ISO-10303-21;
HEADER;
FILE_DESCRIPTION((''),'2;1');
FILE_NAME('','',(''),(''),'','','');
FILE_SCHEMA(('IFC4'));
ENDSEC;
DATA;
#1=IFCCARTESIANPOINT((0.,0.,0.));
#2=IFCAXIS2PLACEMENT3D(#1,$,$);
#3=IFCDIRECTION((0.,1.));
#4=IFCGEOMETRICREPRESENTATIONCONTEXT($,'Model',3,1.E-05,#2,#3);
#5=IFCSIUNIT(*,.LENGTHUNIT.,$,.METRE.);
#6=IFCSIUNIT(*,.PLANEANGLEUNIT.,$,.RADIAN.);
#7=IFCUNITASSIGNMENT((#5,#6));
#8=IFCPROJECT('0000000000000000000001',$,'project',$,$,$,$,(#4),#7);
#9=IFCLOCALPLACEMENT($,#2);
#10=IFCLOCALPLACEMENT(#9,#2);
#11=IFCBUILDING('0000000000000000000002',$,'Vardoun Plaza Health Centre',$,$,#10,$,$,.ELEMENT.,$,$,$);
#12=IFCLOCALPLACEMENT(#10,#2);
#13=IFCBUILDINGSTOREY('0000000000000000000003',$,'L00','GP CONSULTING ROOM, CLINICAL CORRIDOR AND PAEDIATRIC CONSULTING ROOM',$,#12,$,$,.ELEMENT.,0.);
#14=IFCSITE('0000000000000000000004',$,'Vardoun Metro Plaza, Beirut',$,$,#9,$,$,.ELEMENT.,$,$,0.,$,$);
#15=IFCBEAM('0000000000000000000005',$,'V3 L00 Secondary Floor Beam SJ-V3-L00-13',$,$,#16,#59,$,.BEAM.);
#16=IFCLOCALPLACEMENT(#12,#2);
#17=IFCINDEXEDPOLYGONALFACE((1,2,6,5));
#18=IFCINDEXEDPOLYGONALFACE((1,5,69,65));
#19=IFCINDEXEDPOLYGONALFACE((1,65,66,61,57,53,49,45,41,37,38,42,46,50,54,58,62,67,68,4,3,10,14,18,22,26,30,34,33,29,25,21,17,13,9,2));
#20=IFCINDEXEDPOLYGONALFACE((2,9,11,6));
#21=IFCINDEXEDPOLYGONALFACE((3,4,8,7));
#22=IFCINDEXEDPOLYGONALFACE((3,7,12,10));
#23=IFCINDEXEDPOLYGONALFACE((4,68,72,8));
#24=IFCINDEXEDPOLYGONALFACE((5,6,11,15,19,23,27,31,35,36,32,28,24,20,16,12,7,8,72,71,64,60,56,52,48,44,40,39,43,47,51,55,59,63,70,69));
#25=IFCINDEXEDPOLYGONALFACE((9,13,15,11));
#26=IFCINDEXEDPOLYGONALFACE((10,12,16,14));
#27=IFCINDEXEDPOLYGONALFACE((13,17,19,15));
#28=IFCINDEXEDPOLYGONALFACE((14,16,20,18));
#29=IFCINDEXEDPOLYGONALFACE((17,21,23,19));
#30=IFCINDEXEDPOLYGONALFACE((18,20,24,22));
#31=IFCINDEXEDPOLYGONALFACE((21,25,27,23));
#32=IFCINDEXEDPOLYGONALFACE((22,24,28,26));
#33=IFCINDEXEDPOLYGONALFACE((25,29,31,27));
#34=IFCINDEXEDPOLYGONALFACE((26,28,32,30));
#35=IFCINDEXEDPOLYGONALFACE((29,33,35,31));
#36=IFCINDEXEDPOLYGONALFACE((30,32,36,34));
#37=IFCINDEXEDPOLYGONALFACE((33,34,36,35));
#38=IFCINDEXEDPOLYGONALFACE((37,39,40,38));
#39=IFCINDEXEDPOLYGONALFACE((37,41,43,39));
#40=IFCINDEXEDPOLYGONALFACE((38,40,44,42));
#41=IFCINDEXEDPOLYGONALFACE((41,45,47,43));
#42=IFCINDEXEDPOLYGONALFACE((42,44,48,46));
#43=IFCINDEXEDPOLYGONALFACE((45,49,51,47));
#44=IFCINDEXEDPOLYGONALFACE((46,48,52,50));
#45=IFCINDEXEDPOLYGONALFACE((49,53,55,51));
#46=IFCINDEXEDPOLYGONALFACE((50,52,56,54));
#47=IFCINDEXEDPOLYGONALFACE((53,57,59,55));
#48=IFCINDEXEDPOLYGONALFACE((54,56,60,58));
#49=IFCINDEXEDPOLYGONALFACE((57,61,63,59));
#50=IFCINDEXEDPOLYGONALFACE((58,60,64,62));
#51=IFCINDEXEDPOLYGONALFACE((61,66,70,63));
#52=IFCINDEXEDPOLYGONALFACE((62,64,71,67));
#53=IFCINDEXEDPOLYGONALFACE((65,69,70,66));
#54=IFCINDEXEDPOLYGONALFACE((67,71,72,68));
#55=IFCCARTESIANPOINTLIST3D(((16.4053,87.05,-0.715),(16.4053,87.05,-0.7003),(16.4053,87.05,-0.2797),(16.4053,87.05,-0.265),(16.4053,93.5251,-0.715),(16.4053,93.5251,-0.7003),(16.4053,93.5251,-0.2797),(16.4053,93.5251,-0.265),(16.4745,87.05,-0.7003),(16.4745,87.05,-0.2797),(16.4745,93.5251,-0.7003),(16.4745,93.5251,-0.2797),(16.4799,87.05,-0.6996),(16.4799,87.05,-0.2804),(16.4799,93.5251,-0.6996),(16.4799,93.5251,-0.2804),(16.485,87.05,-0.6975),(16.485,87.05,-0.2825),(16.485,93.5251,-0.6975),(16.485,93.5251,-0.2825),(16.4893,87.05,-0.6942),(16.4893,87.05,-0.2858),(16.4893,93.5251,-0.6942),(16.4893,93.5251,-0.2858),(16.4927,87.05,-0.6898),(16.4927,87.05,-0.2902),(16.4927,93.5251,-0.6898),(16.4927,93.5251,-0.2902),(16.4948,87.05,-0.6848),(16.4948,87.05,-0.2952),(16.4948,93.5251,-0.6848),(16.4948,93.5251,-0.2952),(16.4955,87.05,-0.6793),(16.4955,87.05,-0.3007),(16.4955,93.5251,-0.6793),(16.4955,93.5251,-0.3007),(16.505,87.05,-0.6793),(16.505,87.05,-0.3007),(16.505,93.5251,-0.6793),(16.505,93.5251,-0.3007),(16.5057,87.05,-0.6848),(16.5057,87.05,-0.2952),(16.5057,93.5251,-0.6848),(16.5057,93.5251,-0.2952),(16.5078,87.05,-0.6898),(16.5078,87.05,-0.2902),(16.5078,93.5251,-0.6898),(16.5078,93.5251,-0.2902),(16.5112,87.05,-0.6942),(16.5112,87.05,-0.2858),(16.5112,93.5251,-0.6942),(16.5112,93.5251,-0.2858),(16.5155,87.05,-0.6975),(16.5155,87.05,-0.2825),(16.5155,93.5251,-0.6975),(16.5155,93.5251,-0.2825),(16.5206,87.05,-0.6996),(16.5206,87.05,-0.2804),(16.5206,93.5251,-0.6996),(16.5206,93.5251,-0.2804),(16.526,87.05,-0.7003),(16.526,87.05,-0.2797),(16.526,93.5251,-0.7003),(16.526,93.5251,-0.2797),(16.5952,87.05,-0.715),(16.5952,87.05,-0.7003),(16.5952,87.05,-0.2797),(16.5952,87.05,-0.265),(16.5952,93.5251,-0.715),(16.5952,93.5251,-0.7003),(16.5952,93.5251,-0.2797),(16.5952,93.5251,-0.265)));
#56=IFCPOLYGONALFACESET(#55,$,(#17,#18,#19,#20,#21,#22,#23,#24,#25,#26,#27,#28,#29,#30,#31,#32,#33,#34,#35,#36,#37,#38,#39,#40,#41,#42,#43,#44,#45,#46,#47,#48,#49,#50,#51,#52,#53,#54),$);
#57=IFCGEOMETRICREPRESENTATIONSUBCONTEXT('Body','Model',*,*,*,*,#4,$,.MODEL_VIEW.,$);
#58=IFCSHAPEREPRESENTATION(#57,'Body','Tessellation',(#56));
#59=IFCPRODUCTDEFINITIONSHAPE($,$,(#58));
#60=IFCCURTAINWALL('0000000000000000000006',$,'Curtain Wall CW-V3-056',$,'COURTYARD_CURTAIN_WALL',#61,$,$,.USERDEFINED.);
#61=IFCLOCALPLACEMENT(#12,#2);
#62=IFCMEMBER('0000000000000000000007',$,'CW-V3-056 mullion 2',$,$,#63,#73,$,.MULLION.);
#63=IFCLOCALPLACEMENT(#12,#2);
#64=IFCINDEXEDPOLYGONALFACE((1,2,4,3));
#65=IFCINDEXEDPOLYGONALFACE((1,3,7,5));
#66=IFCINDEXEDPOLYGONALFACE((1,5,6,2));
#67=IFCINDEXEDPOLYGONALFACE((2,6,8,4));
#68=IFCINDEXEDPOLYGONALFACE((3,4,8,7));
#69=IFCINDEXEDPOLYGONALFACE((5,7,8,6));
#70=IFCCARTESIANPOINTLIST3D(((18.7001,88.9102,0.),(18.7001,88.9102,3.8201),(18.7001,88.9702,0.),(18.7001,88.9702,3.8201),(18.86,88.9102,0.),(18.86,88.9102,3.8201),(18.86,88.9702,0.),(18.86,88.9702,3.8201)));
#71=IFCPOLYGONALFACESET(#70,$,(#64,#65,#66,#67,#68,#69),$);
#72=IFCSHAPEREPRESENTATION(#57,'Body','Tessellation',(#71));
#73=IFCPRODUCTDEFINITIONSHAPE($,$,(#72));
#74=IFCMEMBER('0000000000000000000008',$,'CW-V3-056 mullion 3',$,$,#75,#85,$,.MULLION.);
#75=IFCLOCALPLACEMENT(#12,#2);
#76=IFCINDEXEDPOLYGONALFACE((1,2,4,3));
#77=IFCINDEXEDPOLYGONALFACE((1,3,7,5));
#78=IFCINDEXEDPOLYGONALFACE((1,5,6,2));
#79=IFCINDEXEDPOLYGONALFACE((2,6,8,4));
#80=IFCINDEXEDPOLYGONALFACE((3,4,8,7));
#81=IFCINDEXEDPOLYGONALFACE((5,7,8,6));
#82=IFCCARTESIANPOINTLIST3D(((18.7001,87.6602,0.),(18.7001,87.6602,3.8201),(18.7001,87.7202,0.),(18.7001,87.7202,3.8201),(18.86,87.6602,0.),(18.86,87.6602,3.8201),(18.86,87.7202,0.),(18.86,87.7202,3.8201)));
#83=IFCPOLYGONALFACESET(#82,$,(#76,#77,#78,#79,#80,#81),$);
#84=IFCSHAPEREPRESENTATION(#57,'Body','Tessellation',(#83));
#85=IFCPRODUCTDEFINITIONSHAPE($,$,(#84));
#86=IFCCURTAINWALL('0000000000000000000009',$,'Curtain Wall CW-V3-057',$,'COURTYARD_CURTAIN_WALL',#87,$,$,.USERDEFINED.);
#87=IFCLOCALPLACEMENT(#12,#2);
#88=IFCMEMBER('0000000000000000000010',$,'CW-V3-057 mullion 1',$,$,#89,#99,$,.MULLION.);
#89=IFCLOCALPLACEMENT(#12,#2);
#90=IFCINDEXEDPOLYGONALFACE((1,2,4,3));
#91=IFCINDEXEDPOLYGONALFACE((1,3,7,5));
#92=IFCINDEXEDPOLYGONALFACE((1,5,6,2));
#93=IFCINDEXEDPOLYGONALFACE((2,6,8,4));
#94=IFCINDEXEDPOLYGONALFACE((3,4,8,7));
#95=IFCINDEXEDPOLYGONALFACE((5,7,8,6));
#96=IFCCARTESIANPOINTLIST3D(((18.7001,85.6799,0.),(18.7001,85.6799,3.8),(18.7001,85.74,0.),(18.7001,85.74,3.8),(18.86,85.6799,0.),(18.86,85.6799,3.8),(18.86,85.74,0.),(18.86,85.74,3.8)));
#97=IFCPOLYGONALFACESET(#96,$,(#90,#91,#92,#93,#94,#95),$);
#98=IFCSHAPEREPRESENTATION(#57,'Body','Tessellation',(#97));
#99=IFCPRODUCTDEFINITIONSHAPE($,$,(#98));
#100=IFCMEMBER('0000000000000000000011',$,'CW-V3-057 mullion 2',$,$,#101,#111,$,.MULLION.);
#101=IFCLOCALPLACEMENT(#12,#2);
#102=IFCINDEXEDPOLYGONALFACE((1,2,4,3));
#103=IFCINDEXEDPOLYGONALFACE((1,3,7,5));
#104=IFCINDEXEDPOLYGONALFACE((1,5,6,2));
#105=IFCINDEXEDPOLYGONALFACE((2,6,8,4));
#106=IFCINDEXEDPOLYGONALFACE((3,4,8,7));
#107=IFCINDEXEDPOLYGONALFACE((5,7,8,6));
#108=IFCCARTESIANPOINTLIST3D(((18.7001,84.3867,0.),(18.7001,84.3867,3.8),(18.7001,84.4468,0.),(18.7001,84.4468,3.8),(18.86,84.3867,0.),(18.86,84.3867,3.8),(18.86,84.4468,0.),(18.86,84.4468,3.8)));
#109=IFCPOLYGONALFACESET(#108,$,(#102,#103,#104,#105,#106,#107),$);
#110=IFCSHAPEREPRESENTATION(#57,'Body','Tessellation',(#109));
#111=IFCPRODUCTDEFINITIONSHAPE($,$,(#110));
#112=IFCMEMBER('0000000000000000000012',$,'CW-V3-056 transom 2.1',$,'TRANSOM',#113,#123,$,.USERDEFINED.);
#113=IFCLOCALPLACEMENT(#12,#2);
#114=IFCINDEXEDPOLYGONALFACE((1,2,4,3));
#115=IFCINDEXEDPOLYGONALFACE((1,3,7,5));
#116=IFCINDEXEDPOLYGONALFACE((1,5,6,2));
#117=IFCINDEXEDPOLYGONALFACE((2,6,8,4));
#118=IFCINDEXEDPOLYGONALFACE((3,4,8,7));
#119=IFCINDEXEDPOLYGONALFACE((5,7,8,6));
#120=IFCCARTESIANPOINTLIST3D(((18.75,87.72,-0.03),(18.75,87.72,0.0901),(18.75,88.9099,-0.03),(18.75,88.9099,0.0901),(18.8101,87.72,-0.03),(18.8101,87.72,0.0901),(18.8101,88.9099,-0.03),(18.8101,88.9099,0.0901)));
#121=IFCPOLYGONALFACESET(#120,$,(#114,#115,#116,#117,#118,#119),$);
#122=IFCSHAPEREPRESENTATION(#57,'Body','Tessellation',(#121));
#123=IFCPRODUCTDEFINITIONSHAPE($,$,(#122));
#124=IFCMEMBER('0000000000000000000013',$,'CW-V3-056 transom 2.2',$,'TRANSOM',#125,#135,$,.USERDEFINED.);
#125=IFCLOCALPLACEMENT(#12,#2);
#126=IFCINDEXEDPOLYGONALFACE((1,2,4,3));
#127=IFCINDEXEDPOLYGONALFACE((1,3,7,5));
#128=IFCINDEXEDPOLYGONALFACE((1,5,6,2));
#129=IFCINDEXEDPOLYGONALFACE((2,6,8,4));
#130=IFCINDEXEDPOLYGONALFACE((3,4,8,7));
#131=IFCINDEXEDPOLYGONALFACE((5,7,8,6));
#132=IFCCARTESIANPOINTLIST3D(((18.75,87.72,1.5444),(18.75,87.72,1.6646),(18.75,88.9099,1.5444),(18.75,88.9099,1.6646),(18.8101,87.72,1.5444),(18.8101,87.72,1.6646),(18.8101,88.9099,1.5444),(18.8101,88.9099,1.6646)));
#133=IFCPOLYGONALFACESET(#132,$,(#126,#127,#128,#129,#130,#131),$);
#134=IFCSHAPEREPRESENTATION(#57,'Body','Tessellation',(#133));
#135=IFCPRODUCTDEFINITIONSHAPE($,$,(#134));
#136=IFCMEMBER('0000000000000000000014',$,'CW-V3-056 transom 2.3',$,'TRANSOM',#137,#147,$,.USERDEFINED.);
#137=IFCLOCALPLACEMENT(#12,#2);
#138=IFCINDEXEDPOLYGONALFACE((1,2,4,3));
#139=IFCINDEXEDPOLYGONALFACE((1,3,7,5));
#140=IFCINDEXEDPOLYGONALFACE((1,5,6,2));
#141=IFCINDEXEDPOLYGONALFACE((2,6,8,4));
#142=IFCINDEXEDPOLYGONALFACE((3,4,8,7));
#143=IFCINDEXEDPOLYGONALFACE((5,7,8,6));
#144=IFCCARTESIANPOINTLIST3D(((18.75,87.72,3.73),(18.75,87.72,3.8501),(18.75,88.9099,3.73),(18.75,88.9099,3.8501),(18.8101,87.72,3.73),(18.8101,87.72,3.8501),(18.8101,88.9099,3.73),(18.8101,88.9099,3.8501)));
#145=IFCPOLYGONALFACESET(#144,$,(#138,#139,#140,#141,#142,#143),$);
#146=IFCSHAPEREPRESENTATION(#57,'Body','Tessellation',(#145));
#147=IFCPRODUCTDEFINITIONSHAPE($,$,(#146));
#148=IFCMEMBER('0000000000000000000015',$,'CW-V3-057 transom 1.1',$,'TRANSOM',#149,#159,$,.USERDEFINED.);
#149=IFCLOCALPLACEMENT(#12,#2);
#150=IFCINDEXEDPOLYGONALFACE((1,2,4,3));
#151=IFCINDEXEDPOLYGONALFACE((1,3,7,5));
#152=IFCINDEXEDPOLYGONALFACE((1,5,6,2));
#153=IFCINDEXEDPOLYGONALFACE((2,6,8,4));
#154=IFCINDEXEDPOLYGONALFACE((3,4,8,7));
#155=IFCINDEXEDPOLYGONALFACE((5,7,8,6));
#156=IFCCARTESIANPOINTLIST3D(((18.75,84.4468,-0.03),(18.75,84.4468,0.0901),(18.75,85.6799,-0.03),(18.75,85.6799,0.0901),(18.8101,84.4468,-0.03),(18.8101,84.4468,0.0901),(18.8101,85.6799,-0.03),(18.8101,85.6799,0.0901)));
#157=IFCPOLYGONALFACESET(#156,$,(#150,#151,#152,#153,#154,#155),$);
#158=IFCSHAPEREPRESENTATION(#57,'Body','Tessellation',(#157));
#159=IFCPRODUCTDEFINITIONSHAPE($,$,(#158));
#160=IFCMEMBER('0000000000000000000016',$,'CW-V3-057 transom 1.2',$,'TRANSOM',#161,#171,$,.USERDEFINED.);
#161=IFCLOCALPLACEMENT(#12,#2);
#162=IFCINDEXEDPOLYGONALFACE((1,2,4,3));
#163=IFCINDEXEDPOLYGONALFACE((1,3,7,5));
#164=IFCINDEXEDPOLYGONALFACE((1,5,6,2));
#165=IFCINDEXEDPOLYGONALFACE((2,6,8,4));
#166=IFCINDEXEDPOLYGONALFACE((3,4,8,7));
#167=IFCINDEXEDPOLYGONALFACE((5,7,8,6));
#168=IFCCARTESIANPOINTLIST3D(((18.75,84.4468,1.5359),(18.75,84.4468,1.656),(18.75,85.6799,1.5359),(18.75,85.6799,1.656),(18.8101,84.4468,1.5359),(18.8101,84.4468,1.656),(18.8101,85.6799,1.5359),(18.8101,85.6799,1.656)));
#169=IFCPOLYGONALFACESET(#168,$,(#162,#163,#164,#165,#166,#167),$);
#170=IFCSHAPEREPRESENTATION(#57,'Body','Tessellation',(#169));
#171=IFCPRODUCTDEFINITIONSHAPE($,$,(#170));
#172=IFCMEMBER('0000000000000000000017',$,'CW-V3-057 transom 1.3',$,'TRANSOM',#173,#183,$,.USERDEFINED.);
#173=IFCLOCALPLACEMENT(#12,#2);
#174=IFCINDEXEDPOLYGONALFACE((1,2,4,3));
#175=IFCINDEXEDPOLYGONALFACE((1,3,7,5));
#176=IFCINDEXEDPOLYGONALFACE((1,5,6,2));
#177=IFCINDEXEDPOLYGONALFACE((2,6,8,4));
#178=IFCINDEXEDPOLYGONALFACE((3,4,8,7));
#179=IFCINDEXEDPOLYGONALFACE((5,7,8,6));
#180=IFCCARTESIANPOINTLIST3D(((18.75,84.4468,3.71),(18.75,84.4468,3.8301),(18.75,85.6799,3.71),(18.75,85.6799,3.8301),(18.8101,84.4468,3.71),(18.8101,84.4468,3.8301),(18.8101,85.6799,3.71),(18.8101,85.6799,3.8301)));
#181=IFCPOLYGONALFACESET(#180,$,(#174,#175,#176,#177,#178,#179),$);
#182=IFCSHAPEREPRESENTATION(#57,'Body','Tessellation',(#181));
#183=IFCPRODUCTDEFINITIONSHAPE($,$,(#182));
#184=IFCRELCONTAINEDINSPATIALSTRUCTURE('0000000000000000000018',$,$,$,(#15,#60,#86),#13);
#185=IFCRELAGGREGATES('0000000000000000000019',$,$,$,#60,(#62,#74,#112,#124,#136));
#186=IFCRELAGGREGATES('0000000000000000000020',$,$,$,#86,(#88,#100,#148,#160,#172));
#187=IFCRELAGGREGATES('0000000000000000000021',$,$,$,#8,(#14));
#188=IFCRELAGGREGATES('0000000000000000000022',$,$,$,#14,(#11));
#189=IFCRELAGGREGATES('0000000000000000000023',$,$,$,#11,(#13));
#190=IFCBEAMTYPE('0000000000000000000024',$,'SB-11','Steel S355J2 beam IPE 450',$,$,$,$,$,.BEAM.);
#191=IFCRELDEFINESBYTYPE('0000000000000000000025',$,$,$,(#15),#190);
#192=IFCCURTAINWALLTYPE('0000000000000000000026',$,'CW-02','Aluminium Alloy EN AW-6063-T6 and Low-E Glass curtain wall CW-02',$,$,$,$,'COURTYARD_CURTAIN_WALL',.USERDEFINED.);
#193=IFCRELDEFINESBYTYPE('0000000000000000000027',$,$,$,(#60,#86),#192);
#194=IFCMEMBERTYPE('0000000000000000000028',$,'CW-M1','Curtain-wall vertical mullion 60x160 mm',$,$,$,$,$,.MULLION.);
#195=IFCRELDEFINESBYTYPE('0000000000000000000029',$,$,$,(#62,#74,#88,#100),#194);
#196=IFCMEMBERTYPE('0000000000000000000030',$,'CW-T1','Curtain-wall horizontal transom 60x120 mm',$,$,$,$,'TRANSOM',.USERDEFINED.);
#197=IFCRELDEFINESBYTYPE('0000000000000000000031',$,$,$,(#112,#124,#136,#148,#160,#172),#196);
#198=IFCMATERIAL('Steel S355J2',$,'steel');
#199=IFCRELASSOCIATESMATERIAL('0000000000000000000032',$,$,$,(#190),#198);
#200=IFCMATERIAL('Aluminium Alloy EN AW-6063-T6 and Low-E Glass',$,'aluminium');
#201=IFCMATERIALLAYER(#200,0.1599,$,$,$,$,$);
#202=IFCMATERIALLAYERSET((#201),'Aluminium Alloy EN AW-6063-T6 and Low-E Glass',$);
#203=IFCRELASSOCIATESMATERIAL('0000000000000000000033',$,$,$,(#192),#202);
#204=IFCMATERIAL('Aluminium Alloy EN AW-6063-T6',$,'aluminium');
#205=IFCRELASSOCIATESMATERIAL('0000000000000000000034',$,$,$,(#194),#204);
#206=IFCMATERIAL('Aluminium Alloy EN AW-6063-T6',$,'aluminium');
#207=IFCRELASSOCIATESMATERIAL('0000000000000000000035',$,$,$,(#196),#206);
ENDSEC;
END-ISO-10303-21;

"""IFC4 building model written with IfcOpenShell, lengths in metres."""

from ifc_helpers import new_model, si_unit, direction, frame, origin, origin_2d, place, context, subcontext, project, spatial, rectangle, i_section, extrude, material, layer, layer_set, material_profile, profile_set, type_object, element, aggregate, save


model = new_model("IFC4")

# Units and contexts
model_context = context("Model", 3, precision=1e-05, world=origin(), true_north=direction((0.0, 1.0)))
body_context = subcontext(model_context, "Body", "Model", "MODEL_VIEW")
ifc_project = project(units=[si_unit("LENGTHUNIT", "METRE"), si_unit("PLANEANGLEUNIT", "RADIAN")], contexts=[model_context])

# Site, building, storey
site_placement = place(None, origin())
site = spatial("IfcSite", under=ifc_project, at=site_placement, Name="Vardoun Metro Plaza, Beirut", CompositionType="ELEMENT", RefElevation=0.0)
building_placement = place(site_placement, origin())
building = spatial("IfcBuilding", under=site, at=building_placement, Name="Vardoun Plaza Health Centre", CompositionType="ELEMENT")
storey_placement = place(building_placement, origin())
storey = spatial("IfcBuildingStorey", under=building, at=storey_placement, Name="L00", Description="GP CONSULTING ROOM, CLINICAL CORRIDOR AND PAEDIATRIC CONSULTING ROOM", CompositionType="ELEMENT", Elevation=0.0)

# Beam
ifc_material_1 = material(Name="Steel S355J2", Category="steel")
ifc_material_profile_1 = material_profile(ifc_material_1, i_section(OverallWidth=0.1899, OverallDepth=0.45, WebThickness=0.0095, FlangeThickness=0.0146, FilletRadius=0.021, at=origin_2d()), Name="IPE 450")
ifc_profile_set_1 = profile_set([ifc_material_profile_1], Name="Steel S355J2")
beam_type_1 = type_object("IfcBeamType", Name="SB-11", Description="Steel S355J2 beam IPE 450", PredefinedType="BEAM", material=ifc_profile_set_1)
beam_1_placement = place(storey_placement, frame((16.5002, 87.05, -0.49), z_axis=(0.0, 1.0, 0.0), x_axis=(-1.0, 0.0, 0.0)))
element("IfcBeam", 1, at=beam_1_placement, inside=storey, type_object=beam_type_1, Name="V3 L00 Secondary Floor Beam SJ-V3-L00-13", PredefinedType="BEAM", context=body_context, shape_type="SweptSolid", body=[
    extrude(i_section(OverallWidth=0.1899, OverallDepth=0.45, WebThickness=0.0095, FlangeThickness=0.0146, FilletRadius=0.021, at=origin_2d()), origin(), (0.0, 0.0, 1.0), 6.4751),
])

# Curtain walls, members
ifc_material_2 = material(Name="Aluminium Alloy EN AW-6063-T6 and Low-E Glass", Category="aluminium")
ifc_layer_1 = layer(ifc_material_2, 0.1599)
ifc_layer_set_1 = layer_set([ifc_layer_1], Name="Aluminium Alloy EN AW-6063-T6 and Low-E Glass")
curtain_wall_type = type_object("IfcCurtainWallType", Name="CW-02", Description="Aluminium Alloy EN AW-6063-T6 and Low-E Glass curtain wall CW-02", ElementType="COURTYARD_CURTAIN_WALL", PredefinedType="USERDEFINED", material=ifc_layer_set_1)
curtain_wall_1_placement = place(storey_placement, origin())
curtain_wall_1 = element("IfcCurtainWall", 2, at=curtain_wall_1_placement, inside=storey, type_object=curtain_wall_type, Name="Curtain Wall CW-V3-056", ObjectType="COURTYARD_CURTAIN_WALL", PredefinedType="USERDEFINED")
ifc_material_3 = material(Name="Aluminium Alloy EN AW-6063-T6", Category="aluminium")
ifc_material_profile_2 = material_profile(ifc_material_3, rectangle(XDim=0.1599, YDim=0.0601, at=origin_2d()), Name="CWM 60x160")
ifc_profile_set_2 = profile_set([ifc_material_profile_2], Name="Aluminium Alloy EN AW-6063-T6")
member_type_1 = type_object("IfcMemberType", Name="CW-M1", Description="Curtain-wall vertical mullion 60x160 mm", PredefinedType="MULLION", material=ifc_profile_set_2)
member_1_placement = place(storey_placement, frame((18.78, 88.9402, 0.0), z_axis=(0.0, 0.0, 1.0), x_axis=(1.0, 0.0, 0.0)))
member_1 = element("IfcMember", 3, at=member_1_placement, type_object=member_type_1, Name="CW-V3-056 mullion 2", PredefinedType="MULLION", context=body_context, shape_type="SweptSolid", body=[
    extrude(rectangle(XDim=0.1599, YDim=0.0601, at=origin_2d()), origin(), (0.0, 0.0, 1.0), 3.8201),
])
member_2_placement = place(storey_placement, frame((18.78, 87.6902, 0.0), z_axis=(0.0, 0.0, 1.0), x_axis=(1.0, 0.0, 0.0)))
member_2 = element("IfcMember", 4, at=member_2_placement, type_object=member_type_1, Name="CW-V3-056 mullion 3", PredefinedType="MULLION", context=body_context, shape_type="SweptSolid", body=[
    extrude(rectangle(XDim=0.1599, YDim=0.0601, at=origin_2d()), origin(), (0.0, 0.0, 1.0), 3.8201),
])
curtain_wall_2_placement = place(storey_placement, origin())
curtain_wall_2 = element("IfcCurtainWall", 5, at=curtain_wall_2_placement, inside=storey, type_object=curtain_wall_type, Name="Curtain Wall CW-V3-057", ObjectType="COURTYARD_CURTAIN_WALL", PredefinedType="USERDEFINED")
member_3_placement = place(storey_placement, frame((18.78, 85.71, 0.0), z_axis=(0.0, 0.0, 1.0), x_axis=(1.0, 0.0, 0.0)))
member_3 = element("IfcMember", 6, at=member_3_placement, type_object=member_type_1, Name="CW-V3-057 mullion 1", PredefinedType="MULLION", context=body_context, shape_type="SweptSolid", body=[
    extrude(rectangle(XDim=0.1599, YDim=0.0601, at=origin_2d()), origin(), (0.0, 0.0, 1.0), 3.8),
])
member_4_placement = place(storey_placement, frame((18.78, 84.4167, 0.0), z_axis=(0.0, 0.0, 1.0), x_axis=(1.0, 0.0, 0.0)))
member_4 = element("IfcMember", 7, at=member_4_placement, type_object=member_type_1, Name="CW-V3-057 mullion 2", PredefinedType="MULLION", context=body_context, shape_type="SweptSolid", body=[
    extrude(rectangle(XDim=0.1599, YDim=0.0601, at=origin_2d()), origin(), (0.0, 0.0, 1.0), 3.8),
])

# Members
ifc_material_4 = material(Name="Aluminium Alloy EN AW-6063-T6", Category="aluminium")
ifc_material_profile_3 = material_profile(ifc_material_4, rectangle(XDim=0.0601, YDim=0.1201, at=origin_2d()), Name="CWT 60x120")
ifc_profile_set_3 = profile_set([ifc_material_profile_3], Name="Aluminium Alloy EN AW-6063-T6")
member_type_2 = type_object("IfcMemberType", Name="CW-T1", Description="Curtain-wall horizontal transom 60x120 mm", ElementType="TRANSOM", PredefinedType="USERDEFINED", material=ifc_profile_set_3)
member_5_placement = place(storey_placement, frame((18.78, 88.9099, 0.03), z_axis=(0.0, -1.0, 0.0), x_axis=(1.0, 0.0, 0.0)))
member_5 = element("IfcMember", 8, at=member_5_placement, type_object=member_type_2, Name="CW-V3-056 transom 2.1", ObjectType="TRANSOM", PredefinedType="USERDEFINED", context=body_context, shape_type="SweptSolid", body=[
    extrude(rectangle(XDim=0.0601, YDim=0.1201, at=origin_2d()), origin(), (0.0, 0.0, 1.0), 1.1899),
])
member_6_placement = place(storey_placement, frame((18.78, 88.9099, 1.6045), z_axis=(0.0, -1.0, 0.0), x_axis=(1.0, 0.0, 0.0)))
member_6 = element("IfcMember", 9, at=member_6_placement, type_object=member_type_2, Name="CW-V3-056 transom 2.2", ObjectType="TRANSOM", PredefinedType="USERDEFINED", context=body_context, shape_type="SweptSolid", body=[
    extrude(rectangle(XDim=0.0601, YDim=0.1201, at=origin_2d()), origin(), (0.0, 0.0, 1.0), 1.1899),
])
member_7_placement = place(storey_placement, frame((18.78, 88.9099, 3.79), z_axis=(0.0, -1.0, 0.0), x_axis=(1.0, 0.0, 0.0)))
member_7 = element("IfcMember", 10, at=member_7_placement, type_object=member_type_2, Name="CW-V3-056 transom 2.3", ObjectType="TRANSOM", PredefinedType="USERDEFINED", context=body_context, shape_type="SweptSolid", body=[
    extrude(rectangle(XDim=0.0601, YDim=0.1201, at=origin_2d()), origin(), (0.0, 0.0, 1.0), 1.1899),
])
member_8_placement = place(storey_placement, frame((18.78, 85.6799, 0.03), z_axis=(0.0, -1.0, 0.0), x_axis=(1.0, 0.0, 0.0)))
member_8 = element("IfcMember", 11, at=member_8_placement, type_object=member_type_2, Name="CW-V3-057 transom 1.1", ObjectType="TRANSOM", PredefinedType="USERDEFINED", context=body_context, shape_type="SweptSolid", body=[
    extrude(rectangle(XDim=0.0601, YDim=0.1201, at=origin_2d()), origin(), (0.0, 0.0, 1.0), 1.2332),
])
member_9_placement = place(storey_placement, frame((18.78, 85.6799, 1.5959), z_axis=(0.0, -1.0, 0.0), x_axis=(1.0, 0.0, 0.0)))
member_9 = element("IfcMember", 12, at=member_9_placement, type_object=member_type_2, Name="CW-V3-057 transom 1.2", ObjectType="TRANSOM", PredefinedType="USERDEFINED", context=body_context, shape_type="SweptSolid", body=[
    extrude(rectangle(XDim=0.0601, YDim=0.1201, at=origin_2d()), origin(), (0.0, 0.0, 1.0), 1.2332),
])
member_10_placement = place(storey_placement, frame((18.78, 85.6799, 3.77), z_axis=(0.0, -1.0, 0.0), x_axis=(1.0, 0.0, 0.0)))
member_10 = element("IfcMember", 13, at=member_10_placement, type_object=member_type_2, Name="CW-V3-057 transom 1.3", ObjectType="TRANSOM", PredefinedType="USERDEFINED", context=body_context, shape_type="SweptSolid", body=[
    extrude(rectangle(XDim=0.0601, YDim=0.1201, at=origin_2d()), origin(), (0.0, 0.0, 1.0), 1.2332),
])

aggregate(curtain_wall_1, [member_1, member_2, member_5, member_6, member_7])
aggregate(curtain_wall_2, [member_3, member_4, member_8, member_9, member_10])

save(model, "model.ifc")
